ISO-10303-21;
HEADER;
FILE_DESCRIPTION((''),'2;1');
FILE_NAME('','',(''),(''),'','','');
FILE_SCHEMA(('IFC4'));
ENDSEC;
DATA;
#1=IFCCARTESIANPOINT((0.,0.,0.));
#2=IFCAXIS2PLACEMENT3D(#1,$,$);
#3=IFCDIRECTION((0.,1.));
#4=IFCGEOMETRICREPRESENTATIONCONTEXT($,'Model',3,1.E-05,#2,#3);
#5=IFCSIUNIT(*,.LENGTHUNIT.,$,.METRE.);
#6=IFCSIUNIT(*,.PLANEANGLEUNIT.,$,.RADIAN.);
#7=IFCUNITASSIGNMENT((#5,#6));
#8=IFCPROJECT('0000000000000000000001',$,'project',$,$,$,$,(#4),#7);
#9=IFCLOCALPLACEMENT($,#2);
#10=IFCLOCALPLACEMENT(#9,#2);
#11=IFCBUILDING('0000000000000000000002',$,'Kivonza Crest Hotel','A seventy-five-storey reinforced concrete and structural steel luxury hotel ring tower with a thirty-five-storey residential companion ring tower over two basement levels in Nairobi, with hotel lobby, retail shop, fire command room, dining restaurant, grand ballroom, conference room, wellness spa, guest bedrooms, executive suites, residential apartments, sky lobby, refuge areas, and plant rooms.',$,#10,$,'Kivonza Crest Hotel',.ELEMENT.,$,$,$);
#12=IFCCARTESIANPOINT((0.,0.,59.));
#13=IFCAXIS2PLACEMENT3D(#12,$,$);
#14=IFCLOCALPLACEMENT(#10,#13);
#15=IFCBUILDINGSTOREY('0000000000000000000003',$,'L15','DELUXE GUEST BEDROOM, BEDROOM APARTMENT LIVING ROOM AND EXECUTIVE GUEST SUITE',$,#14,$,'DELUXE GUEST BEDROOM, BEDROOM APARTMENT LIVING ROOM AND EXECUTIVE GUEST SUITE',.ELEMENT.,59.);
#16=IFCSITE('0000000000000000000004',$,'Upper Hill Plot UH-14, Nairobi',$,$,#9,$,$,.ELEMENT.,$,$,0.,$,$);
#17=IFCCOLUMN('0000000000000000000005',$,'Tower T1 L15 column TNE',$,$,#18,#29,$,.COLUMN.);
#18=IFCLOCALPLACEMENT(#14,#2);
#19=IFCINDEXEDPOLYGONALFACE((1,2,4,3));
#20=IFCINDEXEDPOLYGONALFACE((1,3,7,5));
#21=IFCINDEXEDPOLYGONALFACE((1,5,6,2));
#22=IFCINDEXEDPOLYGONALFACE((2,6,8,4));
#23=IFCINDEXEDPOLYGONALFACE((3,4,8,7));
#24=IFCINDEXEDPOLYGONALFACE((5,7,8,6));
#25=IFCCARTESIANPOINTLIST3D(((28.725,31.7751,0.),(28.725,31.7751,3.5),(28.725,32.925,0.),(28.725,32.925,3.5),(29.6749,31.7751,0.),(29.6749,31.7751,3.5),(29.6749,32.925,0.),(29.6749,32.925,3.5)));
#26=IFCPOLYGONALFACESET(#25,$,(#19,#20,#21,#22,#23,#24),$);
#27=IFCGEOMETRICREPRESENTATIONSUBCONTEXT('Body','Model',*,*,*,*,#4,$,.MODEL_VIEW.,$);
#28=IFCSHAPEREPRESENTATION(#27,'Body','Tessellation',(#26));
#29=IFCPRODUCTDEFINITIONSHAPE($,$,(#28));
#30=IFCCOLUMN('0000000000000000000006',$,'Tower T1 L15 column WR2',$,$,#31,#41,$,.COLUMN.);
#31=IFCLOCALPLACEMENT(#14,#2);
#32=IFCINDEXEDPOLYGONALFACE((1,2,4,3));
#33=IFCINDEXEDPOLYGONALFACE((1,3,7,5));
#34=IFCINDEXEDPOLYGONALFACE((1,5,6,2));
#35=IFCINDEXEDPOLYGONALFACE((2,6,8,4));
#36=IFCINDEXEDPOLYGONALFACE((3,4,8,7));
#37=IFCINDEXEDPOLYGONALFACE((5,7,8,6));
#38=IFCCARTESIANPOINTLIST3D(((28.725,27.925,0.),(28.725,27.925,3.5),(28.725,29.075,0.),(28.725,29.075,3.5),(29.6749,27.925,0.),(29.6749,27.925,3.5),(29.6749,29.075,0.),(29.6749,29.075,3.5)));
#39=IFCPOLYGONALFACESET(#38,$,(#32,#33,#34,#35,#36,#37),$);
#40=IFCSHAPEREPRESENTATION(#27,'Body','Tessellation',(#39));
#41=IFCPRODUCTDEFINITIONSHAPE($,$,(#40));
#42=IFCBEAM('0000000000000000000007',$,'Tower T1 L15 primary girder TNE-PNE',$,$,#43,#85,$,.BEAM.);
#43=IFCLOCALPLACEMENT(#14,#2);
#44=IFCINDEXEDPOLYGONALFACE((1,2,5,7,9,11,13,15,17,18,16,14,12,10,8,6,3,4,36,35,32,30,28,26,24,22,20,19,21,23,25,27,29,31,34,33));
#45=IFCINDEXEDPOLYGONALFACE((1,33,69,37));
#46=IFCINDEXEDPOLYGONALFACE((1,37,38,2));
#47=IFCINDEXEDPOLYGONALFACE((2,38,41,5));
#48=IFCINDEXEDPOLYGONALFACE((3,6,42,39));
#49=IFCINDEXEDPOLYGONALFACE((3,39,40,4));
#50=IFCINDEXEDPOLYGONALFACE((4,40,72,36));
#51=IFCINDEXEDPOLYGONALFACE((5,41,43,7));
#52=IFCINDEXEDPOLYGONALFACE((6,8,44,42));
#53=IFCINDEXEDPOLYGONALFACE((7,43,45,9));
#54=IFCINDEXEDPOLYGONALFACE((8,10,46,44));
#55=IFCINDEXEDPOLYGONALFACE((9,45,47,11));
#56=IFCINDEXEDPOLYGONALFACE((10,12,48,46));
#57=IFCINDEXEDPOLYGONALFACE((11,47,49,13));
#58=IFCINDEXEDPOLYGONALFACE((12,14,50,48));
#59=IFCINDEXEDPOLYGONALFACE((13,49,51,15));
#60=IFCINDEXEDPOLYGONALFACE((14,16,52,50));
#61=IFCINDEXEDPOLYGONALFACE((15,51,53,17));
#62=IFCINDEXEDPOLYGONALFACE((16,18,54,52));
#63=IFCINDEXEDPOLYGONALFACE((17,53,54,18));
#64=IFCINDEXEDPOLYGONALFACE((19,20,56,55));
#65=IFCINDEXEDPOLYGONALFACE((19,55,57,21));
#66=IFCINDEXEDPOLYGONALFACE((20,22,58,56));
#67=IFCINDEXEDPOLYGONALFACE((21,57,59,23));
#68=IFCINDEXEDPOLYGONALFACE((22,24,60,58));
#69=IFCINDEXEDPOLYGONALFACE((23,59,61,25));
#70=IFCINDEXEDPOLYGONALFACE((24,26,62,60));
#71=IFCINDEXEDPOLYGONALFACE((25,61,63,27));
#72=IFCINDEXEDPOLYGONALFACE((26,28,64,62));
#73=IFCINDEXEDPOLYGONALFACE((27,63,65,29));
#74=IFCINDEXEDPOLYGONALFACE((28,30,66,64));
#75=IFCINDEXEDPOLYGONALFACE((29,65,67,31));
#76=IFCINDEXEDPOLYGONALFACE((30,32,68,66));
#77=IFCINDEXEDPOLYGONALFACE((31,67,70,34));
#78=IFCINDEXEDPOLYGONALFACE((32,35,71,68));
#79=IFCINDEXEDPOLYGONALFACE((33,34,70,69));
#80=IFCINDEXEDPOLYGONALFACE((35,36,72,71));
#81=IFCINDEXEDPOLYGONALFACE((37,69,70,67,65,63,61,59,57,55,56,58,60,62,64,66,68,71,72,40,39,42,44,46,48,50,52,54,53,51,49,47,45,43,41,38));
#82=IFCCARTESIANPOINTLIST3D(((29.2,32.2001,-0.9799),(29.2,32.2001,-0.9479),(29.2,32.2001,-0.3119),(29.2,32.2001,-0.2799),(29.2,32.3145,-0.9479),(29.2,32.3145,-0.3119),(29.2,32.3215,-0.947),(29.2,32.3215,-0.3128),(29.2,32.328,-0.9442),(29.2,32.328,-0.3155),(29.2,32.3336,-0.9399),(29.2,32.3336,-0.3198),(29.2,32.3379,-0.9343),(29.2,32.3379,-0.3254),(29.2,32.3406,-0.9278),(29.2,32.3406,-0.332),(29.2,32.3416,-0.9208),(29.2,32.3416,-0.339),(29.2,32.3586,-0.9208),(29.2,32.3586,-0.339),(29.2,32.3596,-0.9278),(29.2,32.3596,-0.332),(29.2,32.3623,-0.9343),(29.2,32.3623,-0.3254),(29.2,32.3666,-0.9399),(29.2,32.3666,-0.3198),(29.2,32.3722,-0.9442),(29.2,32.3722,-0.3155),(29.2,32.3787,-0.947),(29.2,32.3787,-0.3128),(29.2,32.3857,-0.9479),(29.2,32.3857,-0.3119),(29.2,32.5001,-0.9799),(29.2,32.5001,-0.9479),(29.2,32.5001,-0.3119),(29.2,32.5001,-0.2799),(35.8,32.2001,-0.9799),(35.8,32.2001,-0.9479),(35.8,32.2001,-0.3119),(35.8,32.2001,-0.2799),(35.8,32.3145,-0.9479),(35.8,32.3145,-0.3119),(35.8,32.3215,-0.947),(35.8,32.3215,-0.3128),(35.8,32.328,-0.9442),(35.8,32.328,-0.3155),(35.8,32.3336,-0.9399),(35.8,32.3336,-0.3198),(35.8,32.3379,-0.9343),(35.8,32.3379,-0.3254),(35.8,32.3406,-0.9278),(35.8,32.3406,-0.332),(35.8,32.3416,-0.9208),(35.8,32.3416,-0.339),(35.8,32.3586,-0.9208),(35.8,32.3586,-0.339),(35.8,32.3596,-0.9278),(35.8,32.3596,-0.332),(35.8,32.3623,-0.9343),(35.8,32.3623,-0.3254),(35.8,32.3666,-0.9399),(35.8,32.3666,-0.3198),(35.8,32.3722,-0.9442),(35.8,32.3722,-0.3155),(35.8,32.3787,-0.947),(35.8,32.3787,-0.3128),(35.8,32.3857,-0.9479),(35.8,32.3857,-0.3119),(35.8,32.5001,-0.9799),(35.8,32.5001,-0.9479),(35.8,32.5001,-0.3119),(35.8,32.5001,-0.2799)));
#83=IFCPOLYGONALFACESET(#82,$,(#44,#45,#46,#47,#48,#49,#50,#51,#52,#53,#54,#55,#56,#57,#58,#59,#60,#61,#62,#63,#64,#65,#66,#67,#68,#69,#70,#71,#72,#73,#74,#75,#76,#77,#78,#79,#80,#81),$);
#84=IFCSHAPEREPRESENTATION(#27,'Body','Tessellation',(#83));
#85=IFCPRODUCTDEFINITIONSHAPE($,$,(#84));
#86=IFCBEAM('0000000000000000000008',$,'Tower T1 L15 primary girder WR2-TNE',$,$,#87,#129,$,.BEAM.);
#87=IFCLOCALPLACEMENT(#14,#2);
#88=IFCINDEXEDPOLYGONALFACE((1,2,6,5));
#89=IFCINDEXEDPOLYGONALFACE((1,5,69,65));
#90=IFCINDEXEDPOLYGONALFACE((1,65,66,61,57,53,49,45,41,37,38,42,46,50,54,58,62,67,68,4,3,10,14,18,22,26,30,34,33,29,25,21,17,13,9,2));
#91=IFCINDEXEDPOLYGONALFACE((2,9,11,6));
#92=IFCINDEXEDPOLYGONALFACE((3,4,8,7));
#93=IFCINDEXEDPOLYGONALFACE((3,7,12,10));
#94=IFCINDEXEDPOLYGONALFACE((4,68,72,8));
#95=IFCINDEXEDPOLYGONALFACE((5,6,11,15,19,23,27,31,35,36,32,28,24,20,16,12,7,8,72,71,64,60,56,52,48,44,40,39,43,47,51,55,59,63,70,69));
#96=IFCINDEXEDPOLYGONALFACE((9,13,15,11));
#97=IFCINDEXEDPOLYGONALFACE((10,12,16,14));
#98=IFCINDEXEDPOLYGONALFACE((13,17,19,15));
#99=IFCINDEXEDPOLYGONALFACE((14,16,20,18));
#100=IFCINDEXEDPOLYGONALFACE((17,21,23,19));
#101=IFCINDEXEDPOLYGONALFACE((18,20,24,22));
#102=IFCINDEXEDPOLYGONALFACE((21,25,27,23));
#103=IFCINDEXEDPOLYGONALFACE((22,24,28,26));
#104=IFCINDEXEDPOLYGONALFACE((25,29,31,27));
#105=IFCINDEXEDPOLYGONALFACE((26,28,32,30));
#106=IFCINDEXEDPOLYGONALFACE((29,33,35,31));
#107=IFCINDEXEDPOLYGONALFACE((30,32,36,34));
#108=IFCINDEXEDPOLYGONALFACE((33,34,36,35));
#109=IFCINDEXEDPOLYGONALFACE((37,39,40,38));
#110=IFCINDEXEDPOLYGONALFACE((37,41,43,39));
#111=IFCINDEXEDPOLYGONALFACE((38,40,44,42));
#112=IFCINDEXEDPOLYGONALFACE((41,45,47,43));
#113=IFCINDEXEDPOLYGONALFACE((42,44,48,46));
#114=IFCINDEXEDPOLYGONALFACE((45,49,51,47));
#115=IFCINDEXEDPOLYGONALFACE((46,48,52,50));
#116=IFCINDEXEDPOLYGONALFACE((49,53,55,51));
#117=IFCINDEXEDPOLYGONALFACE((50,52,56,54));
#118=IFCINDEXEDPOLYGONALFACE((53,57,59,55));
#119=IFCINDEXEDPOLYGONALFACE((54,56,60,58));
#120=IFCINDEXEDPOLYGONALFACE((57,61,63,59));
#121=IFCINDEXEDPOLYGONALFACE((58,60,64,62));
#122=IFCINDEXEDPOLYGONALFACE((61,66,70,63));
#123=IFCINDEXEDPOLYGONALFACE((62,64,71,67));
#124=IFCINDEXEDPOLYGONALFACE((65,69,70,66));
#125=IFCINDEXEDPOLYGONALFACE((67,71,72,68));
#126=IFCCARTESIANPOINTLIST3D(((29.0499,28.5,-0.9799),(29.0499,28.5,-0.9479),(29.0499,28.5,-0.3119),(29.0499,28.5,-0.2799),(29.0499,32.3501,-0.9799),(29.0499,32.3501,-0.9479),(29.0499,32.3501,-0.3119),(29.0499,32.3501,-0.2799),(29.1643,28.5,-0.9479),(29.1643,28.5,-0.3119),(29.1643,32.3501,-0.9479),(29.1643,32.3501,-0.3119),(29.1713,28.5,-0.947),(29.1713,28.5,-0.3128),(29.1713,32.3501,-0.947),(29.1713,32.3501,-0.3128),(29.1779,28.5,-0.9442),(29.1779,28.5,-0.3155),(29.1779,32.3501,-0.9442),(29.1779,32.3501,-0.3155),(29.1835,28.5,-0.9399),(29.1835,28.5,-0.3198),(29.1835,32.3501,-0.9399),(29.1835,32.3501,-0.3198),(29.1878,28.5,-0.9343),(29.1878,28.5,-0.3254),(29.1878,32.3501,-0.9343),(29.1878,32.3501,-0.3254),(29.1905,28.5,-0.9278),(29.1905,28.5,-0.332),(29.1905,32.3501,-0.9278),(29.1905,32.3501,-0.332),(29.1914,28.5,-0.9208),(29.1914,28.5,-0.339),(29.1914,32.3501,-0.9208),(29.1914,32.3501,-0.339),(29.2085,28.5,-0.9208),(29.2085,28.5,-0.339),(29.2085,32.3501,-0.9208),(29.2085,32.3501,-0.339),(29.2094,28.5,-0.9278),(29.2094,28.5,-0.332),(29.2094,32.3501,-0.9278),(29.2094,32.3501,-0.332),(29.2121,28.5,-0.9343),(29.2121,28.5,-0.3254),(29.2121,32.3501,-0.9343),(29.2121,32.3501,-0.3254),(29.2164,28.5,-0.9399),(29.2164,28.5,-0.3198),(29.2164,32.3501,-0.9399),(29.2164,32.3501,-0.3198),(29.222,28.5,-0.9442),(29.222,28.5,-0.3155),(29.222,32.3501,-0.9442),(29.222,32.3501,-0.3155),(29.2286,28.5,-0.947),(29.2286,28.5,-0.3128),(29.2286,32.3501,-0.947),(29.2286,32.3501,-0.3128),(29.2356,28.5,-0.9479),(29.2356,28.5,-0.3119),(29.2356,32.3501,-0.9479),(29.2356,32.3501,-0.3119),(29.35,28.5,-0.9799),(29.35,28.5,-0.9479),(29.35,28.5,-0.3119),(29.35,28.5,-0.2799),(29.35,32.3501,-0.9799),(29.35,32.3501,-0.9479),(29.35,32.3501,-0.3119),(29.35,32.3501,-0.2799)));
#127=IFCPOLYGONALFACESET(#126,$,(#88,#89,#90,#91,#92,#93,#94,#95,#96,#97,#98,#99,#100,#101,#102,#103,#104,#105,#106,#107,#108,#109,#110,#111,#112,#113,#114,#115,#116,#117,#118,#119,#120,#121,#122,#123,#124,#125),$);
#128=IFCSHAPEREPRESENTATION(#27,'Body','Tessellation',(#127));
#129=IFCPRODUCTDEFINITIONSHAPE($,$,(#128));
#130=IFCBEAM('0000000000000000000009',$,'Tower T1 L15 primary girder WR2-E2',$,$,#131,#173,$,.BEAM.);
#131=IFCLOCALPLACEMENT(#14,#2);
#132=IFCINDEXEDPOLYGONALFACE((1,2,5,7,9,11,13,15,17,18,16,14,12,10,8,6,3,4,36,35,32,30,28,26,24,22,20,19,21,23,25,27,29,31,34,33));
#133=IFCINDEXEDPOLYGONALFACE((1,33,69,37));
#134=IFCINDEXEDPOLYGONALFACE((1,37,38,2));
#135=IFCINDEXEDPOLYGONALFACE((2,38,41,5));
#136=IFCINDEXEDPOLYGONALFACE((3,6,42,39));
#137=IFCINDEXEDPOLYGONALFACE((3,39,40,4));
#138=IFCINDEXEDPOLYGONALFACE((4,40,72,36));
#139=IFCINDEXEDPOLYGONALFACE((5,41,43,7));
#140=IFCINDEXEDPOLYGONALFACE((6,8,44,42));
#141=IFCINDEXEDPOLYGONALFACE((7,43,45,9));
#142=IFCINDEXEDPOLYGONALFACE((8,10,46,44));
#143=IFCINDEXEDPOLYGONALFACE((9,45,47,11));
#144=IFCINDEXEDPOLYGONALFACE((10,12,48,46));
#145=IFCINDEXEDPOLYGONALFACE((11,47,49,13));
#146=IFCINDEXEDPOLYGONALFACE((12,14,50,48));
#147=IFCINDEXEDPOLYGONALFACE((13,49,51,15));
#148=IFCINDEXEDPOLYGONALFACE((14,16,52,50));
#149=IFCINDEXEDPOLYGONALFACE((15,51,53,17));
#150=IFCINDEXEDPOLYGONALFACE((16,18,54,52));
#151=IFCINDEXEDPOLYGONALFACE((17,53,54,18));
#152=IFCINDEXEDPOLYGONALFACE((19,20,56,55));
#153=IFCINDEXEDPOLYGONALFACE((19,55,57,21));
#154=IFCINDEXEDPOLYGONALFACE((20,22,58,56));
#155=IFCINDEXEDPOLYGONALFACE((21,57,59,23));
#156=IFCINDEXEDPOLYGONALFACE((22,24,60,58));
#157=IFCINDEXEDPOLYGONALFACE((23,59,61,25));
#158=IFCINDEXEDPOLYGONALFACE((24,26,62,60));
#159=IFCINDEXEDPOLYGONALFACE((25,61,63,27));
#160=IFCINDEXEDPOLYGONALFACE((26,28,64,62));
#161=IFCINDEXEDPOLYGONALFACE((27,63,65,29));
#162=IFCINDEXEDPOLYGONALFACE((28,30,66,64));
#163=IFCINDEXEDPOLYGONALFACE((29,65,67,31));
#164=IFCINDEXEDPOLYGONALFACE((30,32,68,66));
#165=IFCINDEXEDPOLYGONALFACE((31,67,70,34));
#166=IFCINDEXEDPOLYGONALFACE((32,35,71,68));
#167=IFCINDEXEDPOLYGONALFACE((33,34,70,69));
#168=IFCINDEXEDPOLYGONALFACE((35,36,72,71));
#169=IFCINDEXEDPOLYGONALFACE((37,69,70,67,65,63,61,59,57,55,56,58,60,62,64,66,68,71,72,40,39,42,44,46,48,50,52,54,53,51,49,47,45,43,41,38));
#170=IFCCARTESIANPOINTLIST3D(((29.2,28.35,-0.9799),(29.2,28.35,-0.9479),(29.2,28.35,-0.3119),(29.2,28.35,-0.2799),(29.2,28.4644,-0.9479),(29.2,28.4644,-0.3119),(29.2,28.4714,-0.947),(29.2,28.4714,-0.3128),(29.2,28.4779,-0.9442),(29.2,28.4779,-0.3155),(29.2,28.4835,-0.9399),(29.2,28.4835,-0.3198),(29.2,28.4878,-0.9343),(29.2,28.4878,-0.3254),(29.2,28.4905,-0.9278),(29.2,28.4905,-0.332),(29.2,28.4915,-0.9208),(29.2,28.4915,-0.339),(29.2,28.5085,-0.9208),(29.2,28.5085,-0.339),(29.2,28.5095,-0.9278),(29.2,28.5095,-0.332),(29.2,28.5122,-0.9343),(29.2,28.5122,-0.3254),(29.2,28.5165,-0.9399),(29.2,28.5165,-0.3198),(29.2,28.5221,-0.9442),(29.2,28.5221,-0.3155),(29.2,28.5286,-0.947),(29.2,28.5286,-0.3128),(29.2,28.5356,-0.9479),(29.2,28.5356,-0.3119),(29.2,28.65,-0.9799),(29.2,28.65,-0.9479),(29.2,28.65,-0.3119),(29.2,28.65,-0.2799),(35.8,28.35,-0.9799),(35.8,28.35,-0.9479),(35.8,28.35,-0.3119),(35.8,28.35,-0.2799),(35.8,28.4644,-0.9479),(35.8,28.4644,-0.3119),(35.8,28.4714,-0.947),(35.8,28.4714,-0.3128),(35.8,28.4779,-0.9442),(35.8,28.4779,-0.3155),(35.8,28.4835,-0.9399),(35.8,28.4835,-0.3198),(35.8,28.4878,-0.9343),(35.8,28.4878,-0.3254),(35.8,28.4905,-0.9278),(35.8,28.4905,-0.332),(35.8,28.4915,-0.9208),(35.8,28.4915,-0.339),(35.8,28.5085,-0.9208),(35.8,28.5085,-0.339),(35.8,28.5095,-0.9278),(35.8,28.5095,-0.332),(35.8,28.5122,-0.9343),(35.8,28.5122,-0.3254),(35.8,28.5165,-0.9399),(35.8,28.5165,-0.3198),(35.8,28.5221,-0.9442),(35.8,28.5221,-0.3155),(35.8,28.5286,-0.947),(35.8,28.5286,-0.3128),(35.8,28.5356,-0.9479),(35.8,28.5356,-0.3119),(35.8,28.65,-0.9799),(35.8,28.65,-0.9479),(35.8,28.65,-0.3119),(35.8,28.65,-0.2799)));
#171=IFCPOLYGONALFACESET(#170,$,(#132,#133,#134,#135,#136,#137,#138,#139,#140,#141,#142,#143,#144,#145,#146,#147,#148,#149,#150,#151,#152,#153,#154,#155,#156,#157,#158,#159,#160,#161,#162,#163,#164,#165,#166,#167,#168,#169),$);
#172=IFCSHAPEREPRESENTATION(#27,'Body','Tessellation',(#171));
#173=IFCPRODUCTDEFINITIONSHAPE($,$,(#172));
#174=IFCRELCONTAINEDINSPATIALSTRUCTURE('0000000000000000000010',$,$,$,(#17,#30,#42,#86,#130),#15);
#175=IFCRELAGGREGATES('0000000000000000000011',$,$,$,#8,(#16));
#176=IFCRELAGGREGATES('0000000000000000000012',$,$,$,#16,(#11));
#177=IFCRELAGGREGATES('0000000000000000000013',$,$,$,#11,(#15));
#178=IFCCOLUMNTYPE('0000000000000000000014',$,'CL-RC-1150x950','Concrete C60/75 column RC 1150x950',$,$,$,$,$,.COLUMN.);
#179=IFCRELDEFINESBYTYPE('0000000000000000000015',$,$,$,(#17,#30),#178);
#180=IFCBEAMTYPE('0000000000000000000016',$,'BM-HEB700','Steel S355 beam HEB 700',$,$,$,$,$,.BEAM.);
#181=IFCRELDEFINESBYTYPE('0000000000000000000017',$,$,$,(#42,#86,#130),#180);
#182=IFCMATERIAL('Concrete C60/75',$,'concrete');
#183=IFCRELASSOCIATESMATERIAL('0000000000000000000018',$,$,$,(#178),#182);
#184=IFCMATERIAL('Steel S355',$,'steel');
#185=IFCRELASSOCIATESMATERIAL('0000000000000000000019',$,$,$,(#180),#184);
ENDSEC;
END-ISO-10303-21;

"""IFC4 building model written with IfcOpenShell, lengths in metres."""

from ifc_helpers import new_model, si_unit, direction, frame, origin, origin_2d, place, context, subcontext, project, spatial, rectangle, i_section, extrude, material, material_profile, profile_set, type_object, element, save


model = new_model("IFC4")

# Units and contexts
model_context = context("Model", 3, precision=1e-05, world=origin(), true_north=direction((0.0, 1.0)))
body_context = subcontext(model_context, "Body", "Model", "MODEL_VIEW")
ifc_project = project(units=[si_unit("LENGTHUNIT", "METRE"), si_unit("PLANEANGLEUNIT", "RADIAN")], contexts=[model_context])

# Site, building, storey
site_placement = place(None, origin())
site = spatial("IfcSite", under=ifc_project, at=site_placement, Name="Upper Hill Plot UH-14, Nairobi", CompositionType="ELEMENT", RefElevation=0.0)
building_placement = place(site_placement, origin())
building = spatial("IfcBuilding", under=site, at=building_placement, Name="Kivonza Crest Hotel", Description="A seventy-five-storey reinforced concrete and structural steel luxury hotel ring tower with a thirty-five-storey residential companion ring tower over two basement levels in Nairobi, with hotel lobby, retail shop, fire command room, dining restaurant, grand ballroom, conference room, wellness spa, guest bedrooms, executive suites, residential apartments, sky lobby, refuge areas, and plant rooms.", LongName="Kivonza Crest Hotel", CompositionType="ELEMENT")
storey_placement = place(building_placement, frame((0.0, 0.0, 59.0)))
storey = spatial("IfcBuildingStorey", under=building, at=storey_placement, Name="L15", Description="DELUXE GUEST BEDROOM, BEDROOM APARTMENT LIVING ROOM AND EXECUTIVE GUEST SUITE", LongName="DELUXE GUEST BEDROOM, BEDROOM APARTMENT LIVING ROOM AND EXECUTIVE GUEST SUITE", CompositionType="ELEMENT", Elevation=59.0)

# Columns
ifc_material_1 = material(Name="Concrete C60/75", Category="concrete")
ifc_material_profile_1 = material_profile(ifc_material_1, rectangle(XDim=0.95, YDim=1.1499, at=origin_2d()), Name="RC 1150x950")
ifc_profile_set_1 = profile_set([ifc_material_profile_1], Name="Concrete C60/75")
column_type = type_object("IfcColumnType", Name="CL-RC-1150x950", Description="Concrete C60/75 column RC 1150x950", PredefinedType="COLUMN", material=ifc_profile_set_1)
for number, where, z_axis, x_axis, name in (
    (1, (29.2, 32.3501, 0.0), (0.0, 0.0, 1.0), (1.0, 0.0, 0.0), "Tower T1 L15 column TNE"),
    (2, (29.2, 28.5, 0.0), (0.0, 0.0, 1.0), (1.0, 0.0, 0.0), "Tower T1 L15 column WR2"),
):
    element("IfcColumn", number, at=place(storey_placement, frame(where, z_axis=z_axis, x_axis=x_axis)), inside=storey, type_object=column_type, Name=name, PredefinedType="COLUMN", context=body_context, shape_type="SweptSolid", body=[
        extrude(rectangle(XDim=0.95, YDim=1.1499, at=origin_2d()), origin(), (0.0, 0.0, 1.0), 3.5),
    ])

# Beams
ifc_material_2 = material(Name="Steel S355", Category="steel")
ifc_material_profile_2 = material_profile(ifc_material_2, i_section(OverallWidth=0.3, OverallDepth=0.7, WebThickness=0.0171, FlangeThickness=0.032, FilletRadius=0.0271, at=origin_2d()), Name="HEB 700")
ifc_profile_set_2 = profile_set([ifc_material_profile_2], Name="Steel S355")
beam_type = type_object("IfcBeamType", Name="BM-HEB700", Description="Steel S355 beam HEB 700", PredefinedType="BEAM", material=ifc_profile_set_2)
beam_1_placement = place(storey_placement, frame((29.2, 32.3501, -0.6299), z_axis=(1.0, 0.0, 0.0), x_axis=(0.0, 1.0, 0.0)))
element("IfcBeam", 3, at=beam_1_placement, inside=storey, type_object=beam_type, Name="Tower T1 L15 primary girder TNE-PNE", PredefinedType="BEAM", context=body_context, shape_type="SweptSolid", body=[
    extrude(i_section(OverallWidth=0.3, OverallDepth=0.7, WebThickness=0.0171, FlangeThickness=0.032, FilletRadius=0.0271, at=origin_2d()), origin(), (0.0, 0.0, 1.0), 6.6001),
])
beam_2_placement = place(storey_placement, frame((29.2, 28.5, -0.6299), z_axis=(0.0, 1.0, 0.0), x_axis=(-1.0, 0.0, 0.0)))
element("IfcBeam", 4, at=beam_2_placement, inside=storey, type_object=beam_type, Name="Tower T1 L15 primary girder WR2-TNE", PredefinedType="BEAM", context=body_context, shape_type="SweptSolid", body=[
    extrude(i_section(OverallWidth=0.3, OverallDepth=0.7, WebThickness=0.0171, FlangeThickness=0.032, FilletRadius=0.0271, at=origin_2d()), origin(), (0.0, 0.0, 1.0), 3.8501),
])
beam_3_placement = place(storey_placement, frame((29.2, 28.5, -0.6299), z_axis=(1.0, 0.0, 0.0), x_axis=(0.0, 1.0, 0.0)))
element("IfcBeam", 5, at=beam_3_placement, inside=storey, type_object=beam_type, Name="Tower T1 L15 primary girder WR2-E2", PredefinedType="BEAM", context=body_context, shape_type="SweptSolid", body=[
    extrude(i_section(OverallWidth=0.3, OverallDepth=0.7, WebThickness=0.0171, FlangeThickness=0.032, FilletRadius=0.0271, at=origin_2d()), origin(), (0.0, 0.0, 1.0), 6.6001),
])

save(model, "model.ifc")
